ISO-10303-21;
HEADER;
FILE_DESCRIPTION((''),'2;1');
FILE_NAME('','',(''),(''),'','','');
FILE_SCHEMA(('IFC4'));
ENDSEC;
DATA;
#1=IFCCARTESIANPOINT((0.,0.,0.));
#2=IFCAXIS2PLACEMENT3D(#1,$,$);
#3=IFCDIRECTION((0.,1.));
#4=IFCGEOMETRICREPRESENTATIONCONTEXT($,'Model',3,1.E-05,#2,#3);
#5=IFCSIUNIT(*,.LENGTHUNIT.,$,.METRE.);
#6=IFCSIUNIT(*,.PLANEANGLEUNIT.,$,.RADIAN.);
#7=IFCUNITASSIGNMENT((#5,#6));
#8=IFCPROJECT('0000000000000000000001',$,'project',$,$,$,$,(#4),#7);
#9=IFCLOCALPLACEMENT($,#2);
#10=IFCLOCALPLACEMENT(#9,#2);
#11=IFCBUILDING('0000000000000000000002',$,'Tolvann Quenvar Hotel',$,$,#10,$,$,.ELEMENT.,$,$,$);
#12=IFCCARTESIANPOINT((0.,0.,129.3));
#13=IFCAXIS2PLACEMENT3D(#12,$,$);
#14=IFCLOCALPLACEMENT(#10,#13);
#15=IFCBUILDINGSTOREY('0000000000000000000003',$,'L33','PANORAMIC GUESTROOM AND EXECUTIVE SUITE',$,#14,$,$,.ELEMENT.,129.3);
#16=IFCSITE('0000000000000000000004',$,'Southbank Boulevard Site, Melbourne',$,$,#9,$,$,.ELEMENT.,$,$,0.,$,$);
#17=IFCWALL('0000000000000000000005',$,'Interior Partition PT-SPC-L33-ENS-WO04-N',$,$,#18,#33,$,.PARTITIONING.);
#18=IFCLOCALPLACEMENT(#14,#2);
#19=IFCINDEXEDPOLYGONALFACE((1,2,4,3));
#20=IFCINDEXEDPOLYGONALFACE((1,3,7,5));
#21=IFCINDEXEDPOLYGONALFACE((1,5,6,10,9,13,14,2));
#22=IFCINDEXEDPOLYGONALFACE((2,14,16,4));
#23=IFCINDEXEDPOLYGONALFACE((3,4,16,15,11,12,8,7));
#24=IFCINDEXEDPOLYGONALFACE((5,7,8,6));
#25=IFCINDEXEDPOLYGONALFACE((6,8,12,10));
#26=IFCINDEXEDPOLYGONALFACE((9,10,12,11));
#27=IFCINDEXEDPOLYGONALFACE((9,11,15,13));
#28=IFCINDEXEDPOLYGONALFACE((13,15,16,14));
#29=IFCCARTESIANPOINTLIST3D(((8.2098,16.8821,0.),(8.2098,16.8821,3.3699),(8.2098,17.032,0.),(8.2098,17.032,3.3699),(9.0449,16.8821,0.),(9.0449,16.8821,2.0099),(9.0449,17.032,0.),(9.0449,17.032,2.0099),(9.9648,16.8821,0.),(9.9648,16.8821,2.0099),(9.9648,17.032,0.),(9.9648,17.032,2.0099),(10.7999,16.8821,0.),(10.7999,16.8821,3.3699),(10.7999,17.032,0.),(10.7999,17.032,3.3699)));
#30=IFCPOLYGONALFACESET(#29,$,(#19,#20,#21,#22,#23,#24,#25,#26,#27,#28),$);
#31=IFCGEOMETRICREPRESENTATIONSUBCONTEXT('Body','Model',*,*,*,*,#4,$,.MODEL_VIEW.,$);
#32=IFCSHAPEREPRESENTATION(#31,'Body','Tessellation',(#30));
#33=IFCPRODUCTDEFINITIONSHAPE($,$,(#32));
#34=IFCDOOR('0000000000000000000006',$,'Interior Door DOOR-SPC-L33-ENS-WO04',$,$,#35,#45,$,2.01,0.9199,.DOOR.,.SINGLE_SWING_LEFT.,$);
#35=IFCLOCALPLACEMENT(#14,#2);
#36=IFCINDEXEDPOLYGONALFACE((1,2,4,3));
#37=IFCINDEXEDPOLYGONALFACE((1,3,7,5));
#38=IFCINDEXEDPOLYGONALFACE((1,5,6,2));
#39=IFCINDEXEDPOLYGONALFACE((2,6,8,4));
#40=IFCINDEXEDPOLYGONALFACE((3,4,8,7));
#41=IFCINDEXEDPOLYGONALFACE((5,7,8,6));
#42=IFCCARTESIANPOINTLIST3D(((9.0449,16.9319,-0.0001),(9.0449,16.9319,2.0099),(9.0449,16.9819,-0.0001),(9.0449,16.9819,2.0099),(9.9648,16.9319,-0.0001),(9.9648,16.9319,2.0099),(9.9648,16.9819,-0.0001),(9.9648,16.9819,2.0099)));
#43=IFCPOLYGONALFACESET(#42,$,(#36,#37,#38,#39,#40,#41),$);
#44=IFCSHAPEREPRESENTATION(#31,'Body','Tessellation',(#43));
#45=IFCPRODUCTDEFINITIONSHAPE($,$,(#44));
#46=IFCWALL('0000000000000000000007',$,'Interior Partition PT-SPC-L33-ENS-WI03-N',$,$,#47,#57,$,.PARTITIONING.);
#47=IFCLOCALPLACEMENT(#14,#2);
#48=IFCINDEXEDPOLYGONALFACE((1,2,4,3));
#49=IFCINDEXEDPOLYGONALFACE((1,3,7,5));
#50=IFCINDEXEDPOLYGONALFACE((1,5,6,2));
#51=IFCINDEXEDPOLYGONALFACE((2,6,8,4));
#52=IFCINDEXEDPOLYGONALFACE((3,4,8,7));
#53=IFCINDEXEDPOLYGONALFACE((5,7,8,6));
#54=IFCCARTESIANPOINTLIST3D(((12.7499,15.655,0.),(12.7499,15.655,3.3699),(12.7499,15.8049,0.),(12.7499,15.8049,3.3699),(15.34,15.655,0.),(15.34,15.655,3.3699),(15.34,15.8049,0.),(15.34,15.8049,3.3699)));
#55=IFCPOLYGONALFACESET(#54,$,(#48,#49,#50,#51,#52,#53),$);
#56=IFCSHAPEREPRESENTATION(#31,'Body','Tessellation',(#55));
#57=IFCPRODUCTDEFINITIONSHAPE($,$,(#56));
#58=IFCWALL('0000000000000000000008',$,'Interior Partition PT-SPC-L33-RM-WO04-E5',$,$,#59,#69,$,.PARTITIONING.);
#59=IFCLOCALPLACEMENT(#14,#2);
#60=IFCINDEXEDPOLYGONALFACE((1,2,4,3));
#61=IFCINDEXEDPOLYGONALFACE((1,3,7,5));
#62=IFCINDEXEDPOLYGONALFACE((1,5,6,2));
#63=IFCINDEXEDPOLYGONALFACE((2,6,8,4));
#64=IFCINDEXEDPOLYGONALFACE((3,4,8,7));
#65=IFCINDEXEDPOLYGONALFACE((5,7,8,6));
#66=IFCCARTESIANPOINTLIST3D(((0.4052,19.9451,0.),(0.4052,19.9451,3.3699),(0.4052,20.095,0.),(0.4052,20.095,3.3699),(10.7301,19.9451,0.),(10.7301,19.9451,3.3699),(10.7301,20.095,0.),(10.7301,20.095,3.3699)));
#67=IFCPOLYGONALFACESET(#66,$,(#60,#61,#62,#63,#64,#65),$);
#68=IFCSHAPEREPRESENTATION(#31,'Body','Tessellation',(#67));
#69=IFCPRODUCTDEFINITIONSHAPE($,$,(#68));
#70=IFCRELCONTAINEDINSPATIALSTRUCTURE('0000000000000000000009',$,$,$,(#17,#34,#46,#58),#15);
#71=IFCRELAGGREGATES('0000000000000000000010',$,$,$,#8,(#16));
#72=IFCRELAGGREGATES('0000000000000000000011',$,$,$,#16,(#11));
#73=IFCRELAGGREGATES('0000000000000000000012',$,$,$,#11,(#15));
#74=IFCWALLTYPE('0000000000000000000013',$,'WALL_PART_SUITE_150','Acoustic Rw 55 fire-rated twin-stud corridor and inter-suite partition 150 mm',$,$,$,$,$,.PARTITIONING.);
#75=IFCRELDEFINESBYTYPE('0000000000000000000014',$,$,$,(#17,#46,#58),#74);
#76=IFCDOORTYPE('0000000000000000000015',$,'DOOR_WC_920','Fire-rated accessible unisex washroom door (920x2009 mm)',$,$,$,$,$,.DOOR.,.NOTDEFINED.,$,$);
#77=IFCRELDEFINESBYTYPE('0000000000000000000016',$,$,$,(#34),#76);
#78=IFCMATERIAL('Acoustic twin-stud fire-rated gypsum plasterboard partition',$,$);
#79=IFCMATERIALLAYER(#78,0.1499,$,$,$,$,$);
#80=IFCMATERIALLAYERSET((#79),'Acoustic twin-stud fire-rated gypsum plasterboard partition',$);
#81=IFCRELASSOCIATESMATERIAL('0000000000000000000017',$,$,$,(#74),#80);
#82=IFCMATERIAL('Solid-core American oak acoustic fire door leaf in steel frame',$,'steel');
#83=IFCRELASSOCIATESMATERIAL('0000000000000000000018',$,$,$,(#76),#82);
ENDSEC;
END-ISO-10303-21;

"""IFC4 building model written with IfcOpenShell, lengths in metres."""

from ifc_helpers import new_model, si_unit, direction, frame, frame_2d, origin, place, context, subcontext, project, spatial, rectangle, extrude, source, transform, mapped, material, layer, layer_set, type_object, type_shapes, element, fill, save


model = new_model("IFC4")

# Units and contexts
model_context = context("Model", 3, precision=1e-05, world=origin(), true_north=direction((0.0, 1.0)))
body_context = subcontext(model_context, "Body", "Model", "MODEL_VIEW")
ifc_project = project(units=[si_unit("LENGTHUNIT", "METRE"), si_unit("PLANEANGLEUNIT", "RADIAN")], contexts=[model_context])

# Site, building, storey
site_placement = place(None, origin())
site = spatial("IfcSite", under=ifc_project, at=site_placement, Name="Southbank Boulevard Site, Melbourne", CompositionType="ELEMENT", RefElevation=0.0)
building_placement = place(site_placement, origin())
building = spatial("IfcBuilding", under=site, at=building_placement, Name="Tolvann Quenvar Hotel", CompositionType="ELEMENT")
storey_placement = place(building_placement, frame((0.0, 0.0, 129.3)))
storey = spatial("IfcBuildingStorey", under=building, at=storey_placement, Name="L33", Description="PANORAMIC GUESTROOM AND EXECUTIVE SUITE", CompositionType="ELEMENT", Elevation=129.3)

# Shared definitions
ifc_material_1 = material(Name="Acoustic twin-stud fire-rated gypsum plasterboard partition")
ifc_material_2 = material(Name="Solid-core American oak acoustic fire door leaf in steel frame", Category="steel")

# Shared definitions
ifc_layer_1 = layer(ifc_material_1, 0.1499)
ifc_layer_set_1 = layer_set([ifc_layer_1], Name="Acoustic twin-stud fire-rated gypsum plasterboard partition")
wall_type_1 = type_object("IfcWallType", Name="WALL_PART_SUITE_150", Description="Acoustic Rw 55 fire-rated twin-stud corridor and inter-suite partition 150 mm", PredefinedType="PARTITIONING", material=ifc_layer_set_1)

# Wall, opening, door
wall_1_placement = place(storey_placement, frame((8.21, 16.957, 0.0), z_axis=(0.0, 0.0, 1.0), x_axis=(1.0, 0.0, 0.0)))
wall_1 = element("IfcWall", 1, at=wall_1_placement, inside=storey, type_object=wall_type_1, Name="Interior Partition PT-SPC-L33-ENS-WO04-N", PredefinedType="PARTITIONING", context=body_context, shape_type="SweptSolid", body=[
    extrude(rectangle(XDim=2.5901, YDim=0.1499, at=frame_2d((1.2949, 0.0))), origin(), (0.0, 0.0, 1.0), 3.3699),
])
opening_1_placement = place(wall_1_placement, frame((0.835, 0.0, 0.0)))
opening_1 = element("IfcOpeningElement", 2, at=opening_1_placement, cuts=wall_1, PredefinedType="OPENING", context=body_context, shape_type="SweptSolid", body=[
    extrude(rectangle(XDim=0.9199, YDim=2.01, at=frame_2d((0.46, 1.0049))), frame((0.0, 0.085, 0.0), z_axis=(0.0, -1.0, 0.0), x_axis=(1.0, 0.0, 0.0)), (0.0, 0.0, 1.0), 0.1699),
])
door_type_1 = type_object("IfcDoorType", Name="DOOR_WC_920", Description="Fire-rated accessible unisex washroom door (920x2009 mm)", OperationType="NOTDEFINED", PredefinedType="DOOR", material=ifc_material_2)
shared_shape_1 = source(origin(), body_context, "Body", "SweptSolid", [
    extrude(rectangle(XDim=0.9199, YDim=2.01, at=frame_2d((0.46, 1.0049))), frame((0.0, 0.0249, 0.0), z_axis=(0.0, -1.0, 0.0), x_axis=(1.0, 0.0, 0.0)), (0.0, 0.0, 1.0), 0.05),
])
type_shapes(door_type_1, [shared_shape_1])
door_1_placement = place(opening_1_placement, origin())
door_1 = element("IfcDoor", 3, at=door_1_placement, inside=storey, type_object=door_type_1, Name="Interior Door DOOR-SPC-L33-ENS-WO04", OperationType="SINGLE_SWING_LEFT", OverallHeight=2.01, OverallWidth=0.9199, PredefinedType="DOOR", context=body_context, shape_type="MappedRepresentation", body=[
    mapped(shared_shape_1, transform((0.0, 0.0, 0.0), x_axis=(1.0, 0.0, 0.0), y_axis=(0.0, 1.0, 0.0), z_axis=(0.0, 0.0, 1.0), scale=1.0)),
])
fill(opening_1, door_1)

# Wall
wall_2_placement = place(storey_placement, frame((12.75, 15.73, 0.0), z_axis=(0.0, 0.0, 1.0), x_axis=(1.0, 0.0, 0.0)))
element("IfcWall", 4, at=wall_2_placement, inside=storey, type_object=wall_type_1, Name="Interior Partition PT-SPC-L33-ENS-WI03-N", PredefinedType="PARTITIONING", context=body_context, shape_type="SweptSolid", body=[
    extrude(rectangle(XDim=2.5901, YDim=0.1499, at=frame_2d((1.2949, 0.0))), origin(), (0.0, 0.0, 1.0), 3.3699),
])

# Wall
wall_3_placement = place(storey_placement, frame((0.405, 20.02, 0.0), z_axis=(0.0, 0.0, 1.0), x_axis=(1.0, 0.0, 0.0)))
element("IfcWall", 5, at=wall_3_placement, inside=storey, type_object=wall_type_1, Name="Interior Partition PT-SPC-L33-RM-WO04-E5", PredefinedType="PARTITIONING", context=body_context, shape_type="SweptSolid", body=[
    extrude(rectangle(XDim=10.325, YDim=0.1499, at=frame_2d((5.1626, 0.0))), origin(), (0.0, 0.0, 1.0), 3.3699),
])

save(model, "model.ifc")
